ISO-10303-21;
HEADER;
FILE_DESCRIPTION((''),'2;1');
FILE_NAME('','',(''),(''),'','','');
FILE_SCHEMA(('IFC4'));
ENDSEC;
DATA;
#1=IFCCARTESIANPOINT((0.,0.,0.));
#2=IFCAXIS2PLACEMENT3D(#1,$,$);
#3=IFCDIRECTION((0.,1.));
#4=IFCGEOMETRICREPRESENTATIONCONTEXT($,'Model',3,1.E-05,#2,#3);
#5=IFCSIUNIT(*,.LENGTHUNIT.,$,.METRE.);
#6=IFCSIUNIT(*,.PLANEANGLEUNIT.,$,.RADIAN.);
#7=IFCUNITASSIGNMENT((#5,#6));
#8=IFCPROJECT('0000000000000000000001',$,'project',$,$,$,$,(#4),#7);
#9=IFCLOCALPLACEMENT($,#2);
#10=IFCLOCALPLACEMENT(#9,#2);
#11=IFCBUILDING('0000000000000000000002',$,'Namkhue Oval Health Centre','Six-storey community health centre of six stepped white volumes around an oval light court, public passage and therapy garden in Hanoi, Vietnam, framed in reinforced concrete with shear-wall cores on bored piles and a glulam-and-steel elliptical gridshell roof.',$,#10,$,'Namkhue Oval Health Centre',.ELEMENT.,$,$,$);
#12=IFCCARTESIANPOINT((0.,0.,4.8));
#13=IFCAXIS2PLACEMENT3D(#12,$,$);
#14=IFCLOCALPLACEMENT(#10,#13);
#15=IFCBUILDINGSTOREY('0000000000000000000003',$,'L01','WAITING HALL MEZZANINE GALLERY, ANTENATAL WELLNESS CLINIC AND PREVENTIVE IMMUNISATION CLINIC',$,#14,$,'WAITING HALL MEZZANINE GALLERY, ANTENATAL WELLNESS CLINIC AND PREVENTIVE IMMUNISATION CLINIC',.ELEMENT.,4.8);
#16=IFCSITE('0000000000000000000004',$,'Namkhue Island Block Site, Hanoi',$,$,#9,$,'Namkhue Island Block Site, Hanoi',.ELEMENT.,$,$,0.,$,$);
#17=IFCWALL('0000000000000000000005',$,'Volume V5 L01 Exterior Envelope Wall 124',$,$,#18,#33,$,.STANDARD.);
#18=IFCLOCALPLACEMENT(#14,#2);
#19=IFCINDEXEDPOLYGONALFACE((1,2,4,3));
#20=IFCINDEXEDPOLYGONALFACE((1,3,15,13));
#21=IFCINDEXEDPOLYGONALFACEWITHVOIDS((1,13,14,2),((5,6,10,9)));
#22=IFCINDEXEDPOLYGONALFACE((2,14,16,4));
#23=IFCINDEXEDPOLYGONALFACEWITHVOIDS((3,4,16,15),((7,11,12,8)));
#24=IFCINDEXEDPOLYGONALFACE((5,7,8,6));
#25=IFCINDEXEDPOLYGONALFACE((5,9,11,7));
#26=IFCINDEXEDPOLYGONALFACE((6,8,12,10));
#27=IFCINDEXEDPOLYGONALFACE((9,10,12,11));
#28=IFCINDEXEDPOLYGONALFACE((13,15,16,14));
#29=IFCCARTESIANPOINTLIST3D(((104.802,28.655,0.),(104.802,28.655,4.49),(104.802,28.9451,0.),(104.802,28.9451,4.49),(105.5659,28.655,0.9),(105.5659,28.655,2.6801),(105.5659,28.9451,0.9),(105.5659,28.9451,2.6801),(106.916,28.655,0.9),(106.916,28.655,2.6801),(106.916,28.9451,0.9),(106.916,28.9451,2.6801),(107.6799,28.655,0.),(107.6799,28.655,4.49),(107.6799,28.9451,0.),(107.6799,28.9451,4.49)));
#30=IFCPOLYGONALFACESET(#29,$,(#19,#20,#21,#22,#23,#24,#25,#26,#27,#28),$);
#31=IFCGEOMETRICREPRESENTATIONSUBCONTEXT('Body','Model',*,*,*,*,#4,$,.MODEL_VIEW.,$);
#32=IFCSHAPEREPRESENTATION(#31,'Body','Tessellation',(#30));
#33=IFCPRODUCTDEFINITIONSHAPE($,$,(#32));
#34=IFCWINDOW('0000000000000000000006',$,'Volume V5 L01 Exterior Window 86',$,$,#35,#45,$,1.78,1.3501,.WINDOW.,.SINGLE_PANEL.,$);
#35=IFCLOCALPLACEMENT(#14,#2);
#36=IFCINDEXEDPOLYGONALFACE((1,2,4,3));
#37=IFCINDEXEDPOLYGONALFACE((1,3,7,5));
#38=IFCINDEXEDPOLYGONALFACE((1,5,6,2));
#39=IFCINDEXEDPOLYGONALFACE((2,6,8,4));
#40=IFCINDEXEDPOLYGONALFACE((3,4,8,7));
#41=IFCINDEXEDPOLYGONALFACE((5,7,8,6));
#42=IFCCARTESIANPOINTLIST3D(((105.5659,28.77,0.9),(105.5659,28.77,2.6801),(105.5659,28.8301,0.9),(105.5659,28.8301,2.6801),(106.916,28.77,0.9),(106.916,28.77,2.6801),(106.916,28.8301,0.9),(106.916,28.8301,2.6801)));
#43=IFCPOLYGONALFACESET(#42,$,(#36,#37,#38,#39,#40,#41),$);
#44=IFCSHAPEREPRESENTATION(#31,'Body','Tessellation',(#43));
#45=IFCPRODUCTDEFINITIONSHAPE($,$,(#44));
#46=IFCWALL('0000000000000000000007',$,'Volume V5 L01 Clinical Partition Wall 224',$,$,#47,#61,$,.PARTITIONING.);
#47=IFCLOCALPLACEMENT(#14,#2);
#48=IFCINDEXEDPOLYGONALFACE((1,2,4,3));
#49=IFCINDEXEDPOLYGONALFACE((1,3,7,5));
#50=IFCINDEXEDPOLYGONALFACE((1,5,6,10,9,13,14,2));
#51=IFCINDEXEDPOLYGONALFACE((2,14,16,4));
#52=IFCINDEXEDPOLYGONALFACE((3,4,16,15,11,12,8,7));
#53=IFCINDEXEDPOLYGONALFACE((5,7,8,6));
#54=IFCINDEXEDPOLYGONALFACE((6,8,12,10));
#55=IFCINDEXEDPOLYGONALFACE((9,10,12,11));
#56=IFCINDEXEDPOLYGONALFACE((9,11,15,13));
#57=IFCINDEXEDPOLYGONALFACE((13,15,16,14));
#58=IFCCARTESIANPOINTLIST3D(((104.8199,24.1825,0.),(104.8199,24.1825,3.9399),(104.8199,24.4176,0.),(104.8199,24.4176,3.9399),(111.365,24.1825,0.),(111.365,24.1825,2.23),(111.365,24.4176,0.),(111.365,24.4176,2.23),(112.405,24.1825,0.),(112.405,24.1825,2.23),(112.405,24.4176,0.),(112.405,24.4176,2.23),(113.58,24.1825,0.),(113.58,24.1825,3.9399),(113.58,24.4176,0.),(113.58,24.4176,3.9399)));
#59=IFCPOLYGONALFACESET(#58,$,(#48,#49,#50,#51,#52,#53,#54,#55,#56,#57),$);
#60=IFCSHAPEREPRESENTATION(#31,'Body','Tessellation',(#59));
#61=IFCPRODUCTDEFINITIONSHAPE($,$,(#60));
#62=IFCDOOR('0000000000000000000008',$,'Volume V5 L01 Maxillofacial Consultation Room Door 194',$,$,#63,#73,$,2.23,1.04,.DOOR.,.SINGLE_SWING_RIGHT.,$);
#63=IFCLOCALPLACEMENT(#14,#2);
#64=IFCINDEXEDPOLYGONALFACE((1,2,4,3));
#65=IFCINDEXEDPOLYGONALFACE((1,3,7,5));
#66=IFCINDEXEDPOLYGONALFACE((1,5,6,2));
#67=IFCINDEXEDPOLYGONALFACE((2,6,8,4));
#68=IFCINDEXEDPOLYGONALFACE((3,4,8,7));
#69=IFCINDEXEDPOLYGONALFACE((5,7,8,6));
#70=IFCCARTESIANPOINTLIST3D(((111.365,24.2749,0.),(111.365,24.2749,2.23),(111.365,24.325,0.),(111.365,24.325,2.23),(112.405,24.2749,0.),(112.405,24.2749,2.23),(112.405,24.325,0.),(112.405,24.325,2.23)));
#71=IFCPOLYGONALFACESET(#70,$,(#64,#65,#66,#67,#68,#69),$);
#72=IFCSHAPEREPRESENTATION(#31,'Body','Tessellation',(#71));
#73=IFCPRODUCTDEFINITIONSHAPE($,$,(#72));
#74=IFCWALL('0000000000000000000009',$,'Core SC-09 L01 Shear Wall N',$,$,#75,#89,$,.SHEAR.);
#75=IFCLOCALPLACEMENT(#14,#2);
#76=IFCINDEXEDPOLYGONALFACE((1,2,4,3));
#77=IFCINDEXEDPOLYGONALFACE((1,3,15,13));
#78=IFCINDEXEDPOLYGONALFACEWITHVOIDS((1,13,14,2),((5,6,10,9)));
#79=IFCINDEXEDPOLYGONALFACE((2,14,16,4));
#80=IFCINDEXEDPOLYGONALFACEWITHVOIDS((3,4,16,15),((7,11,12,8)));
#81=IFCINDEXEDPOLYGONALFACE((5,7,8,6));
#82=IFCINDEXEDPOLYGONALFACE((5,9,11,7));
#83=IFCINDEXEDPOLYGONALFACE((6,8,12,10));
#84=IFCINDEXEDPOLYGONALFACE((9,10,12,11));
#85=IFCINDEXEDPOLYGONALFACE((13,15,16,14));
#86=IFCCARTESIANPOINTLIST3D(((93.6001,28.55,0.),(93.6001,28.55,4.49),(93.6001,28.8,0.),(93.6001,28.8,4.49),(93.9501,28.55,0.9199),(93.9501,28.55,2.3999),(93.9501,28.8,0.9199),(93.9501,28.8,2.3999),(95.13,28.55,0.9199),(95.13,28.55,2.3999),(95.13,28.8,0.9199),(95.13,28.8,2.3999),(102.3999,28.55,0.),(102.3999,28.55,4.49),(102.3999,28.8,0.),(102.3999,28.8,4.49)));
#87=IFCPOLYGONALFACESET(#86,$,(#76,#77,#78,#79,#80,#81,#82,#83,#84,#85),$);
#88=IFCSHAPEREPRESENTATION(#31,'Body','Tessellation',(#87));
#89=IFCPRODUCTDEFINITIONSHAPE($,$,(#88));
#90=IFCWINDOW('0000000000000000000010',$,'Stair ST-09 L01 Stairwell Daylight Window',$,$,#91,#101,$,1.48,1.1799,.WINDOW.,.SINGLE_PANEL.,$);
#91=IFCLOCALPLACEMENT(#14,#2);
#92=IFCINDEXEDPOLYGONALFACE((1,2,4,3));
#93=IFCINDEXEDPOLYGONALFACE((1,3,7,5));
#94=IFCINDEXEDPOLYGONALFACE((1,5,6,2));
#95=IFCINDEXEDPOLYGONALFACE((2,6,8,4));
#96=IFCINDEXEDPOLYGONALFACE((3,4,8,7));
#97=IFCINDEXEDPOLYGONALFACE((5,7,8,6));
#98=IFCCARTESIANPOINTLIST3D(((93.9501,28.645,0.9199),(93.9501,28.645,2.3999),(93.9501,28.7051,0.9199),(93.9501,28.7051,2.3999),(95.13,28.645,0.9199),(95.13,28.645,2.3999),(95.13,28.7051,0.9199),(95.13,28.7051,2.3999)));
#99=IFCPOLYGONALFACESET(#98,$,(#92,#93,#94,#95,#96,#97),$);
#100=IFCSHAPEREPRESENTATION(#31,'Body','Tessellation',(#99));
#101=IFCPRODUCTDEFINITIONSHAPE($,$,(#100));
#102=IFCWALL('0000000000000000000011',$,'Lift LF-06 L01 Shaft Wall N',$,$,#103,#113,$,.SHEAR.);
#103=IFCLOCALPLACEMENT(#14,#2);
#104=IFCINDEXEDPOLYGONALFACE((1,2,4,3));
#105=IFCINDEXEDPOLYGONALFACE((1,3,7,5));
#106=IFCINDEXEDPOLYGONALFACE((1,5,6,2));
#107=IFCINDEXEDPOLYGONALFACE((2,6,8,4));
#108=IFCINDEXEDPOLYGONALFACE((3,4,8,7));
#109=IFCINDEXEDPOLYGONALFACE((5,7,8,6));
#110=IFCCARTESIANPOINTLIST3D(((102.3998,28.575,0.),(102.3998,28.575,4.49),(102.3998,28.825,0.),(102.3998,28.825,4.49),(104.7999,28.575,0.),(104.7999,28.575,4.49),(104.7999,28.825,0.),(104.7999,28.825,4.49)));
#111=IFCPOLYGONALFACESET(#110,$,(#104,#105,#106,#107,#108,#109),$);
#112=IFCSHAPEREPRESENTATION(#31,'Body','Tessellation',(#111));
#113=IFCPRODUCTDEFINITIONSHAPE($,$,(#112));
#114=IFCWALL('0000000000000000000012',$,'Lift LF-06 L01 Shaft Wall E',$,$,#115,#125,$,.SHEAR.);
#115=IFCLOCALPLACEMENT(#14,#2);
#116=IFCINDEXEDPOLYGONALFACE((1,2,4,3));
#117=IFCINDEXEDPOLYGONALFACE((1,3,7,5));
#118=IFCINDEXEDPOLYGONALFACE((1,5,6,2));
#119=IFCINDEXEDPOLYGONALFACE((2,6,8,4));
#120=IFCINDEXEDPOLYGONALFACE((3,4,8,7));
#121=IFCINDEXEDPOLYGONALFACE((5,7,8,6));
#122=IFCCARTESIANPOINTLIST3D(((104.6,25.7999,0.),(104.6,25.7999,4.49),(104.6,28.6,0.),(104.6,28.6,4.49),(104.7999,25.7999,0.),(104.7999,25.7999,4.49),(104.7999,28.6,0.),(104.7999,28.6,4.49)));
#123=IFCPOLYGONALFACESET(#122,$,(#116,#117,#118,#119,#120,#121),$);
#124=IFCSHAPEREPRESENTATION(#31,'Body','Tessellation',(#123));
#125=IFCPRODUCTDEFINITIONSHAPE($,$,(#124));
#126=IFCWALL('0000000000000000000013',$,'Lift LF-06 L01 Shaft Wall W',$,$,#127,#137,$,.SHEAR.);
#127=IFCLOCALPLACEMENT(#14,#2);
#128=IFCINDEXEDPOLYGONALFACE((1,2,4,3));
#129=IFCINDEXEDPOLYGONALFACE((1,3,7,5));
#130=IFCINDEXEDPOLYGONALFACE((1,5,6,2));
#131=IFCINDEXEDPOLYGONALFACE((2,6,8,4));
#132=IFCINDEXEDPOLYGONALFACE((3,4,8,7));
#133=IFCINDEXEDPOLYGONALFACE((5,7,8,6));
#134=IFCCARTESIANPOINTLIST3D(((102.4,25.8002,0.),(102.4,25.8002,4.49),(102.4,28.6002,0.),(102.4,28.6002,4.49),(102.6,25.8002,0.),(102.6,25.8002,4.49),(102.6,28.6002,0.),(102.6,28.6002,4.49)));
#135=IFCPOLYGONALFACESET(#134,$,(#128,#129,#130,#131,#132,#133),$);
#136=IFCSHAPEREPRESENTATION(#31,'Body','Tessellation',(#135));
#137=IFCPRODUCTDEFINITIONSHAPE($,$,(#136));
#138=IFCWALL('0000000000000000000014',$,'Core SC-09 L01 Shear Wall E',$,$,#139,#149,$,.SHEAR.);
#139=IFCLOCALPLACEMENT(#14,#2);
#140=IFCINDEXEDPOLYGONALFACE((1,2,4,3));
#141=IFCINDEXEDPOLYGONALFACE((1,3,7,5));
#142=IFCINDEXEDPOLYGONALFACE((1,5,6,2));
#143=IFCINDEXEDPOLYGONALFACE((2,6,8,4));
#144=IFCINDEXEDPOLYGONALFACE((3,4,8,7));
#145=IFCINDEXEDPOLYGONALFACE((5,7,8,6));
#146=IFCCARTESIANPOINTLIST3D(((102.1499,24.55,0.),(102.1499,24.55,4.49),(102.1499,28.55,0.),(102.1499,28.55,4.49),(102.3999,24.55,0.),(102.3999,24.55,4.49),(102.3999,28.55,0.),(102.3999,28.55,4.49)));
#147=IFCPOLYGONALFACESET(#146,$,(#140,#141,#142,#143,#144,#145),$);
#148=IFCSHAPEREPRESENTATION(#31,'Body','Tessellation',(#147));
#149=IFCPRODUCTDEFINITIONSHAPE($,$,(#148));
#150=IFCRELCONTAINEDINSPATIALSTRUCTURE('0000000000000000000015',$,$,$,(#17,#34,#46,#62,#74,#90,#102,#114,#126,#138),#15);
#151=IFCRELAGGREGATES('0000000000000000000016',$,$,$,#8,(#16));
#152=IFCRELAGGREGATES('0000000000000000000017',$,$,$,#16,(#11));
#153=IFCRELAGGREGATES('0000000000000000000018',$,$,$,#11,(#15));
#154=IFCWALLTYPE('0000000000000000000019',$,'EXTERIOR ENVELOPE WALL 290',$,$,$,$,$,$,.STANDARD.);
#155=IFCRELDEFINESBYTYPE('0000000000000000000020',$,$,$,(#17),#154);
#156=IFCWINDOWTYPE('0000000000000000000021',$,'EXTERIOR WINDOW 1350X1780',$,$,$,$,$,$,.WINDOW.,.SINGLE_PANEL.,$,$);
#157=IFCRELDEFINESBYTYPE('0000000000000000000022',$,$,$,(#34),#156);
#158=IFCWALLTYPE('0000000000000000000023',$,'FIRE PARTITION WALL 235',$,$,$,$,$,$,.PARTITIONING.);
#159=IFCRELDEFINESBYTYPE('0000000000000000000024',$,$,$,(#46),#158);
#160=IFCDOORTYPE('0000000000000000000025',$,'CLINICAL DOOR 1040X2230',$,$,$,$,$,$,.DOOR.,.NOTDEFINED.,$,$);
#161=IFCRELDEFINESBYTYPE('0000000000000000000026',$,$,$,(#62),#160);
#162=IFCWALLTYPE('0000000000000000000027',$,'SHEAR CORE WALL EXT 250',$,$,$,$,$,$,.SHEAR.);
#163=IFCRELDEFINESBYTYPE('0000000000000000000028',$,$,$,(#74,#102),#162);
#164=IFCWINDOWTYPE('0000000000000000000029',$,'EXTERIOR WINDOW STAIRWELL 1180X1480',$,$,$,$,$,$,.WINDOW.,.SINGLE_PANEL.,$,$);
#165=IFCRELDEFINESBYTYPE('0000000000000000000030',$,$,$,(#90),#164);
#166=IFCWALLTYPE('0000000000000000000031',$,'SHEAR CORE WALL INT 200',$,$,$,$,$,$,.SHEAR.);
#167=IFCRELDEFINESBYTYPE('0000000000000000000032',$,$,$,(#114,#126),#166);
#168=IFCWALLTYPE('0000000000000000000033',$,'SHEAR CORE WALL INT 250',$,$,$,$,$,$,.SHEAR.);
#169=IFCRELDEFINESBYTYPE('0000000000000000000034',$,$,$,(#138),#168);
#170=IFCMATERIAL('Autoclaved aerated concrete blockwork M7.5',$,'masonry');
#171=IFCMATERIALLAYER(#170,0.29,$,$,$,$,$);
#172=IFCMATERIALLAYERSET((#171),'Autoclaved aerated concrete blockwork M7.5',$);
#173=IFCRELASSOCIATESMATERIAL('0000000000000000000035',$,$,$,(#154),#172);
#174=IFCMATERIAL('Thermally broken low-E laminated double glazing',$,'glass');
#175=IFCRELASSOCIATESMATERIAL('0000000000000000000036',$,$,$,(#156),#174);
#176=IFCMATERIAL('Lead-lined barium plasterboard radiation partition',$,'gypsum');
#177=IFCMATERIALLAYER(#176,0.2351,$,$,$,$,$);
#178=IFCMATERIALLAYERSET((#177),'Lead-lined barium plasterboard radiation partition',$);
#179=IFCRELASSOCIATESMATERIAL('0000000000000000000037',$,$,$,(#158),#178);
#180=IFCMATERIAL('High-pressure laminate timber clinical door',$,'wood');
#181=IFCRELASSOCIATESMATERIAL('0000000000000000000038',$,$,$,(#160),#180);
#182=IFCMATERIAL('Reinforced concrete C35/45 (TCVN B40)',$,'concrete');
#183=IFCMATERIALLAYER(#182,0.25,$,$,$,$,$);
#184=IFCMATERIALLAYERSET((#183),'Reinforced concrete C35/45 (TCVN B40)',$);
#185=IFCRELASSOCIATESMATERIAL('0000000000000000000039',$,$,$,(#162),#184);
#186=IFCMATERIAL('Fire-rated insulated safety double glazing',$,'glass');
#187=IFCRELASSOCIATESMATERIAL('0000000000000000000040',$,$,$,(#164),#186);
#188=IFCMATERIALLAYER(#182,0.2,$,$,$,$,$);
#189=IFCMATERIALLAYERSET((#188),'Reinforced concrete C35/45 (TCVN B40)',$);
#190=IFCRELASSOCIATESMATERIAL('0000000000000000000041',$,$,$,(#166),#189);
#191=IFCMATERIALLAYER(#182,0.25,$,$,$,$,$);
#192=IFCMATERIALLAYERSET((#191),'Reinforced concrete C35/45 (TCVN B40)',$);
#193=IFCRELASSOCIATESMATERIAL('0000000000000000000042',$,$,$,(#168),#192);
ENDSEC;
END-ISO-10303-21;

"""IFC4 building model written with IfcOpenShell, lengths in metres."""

from ifc_helpers import new_model, si_unit, direction, frame, frame_2d, origin, place, context, subcontext, project, spatial, rectangle, extrude, material, layer, layer_set, type_object, element, fill, save


model = new_model("IFC4")

# Units and contexts
model_context = context("Model", 3, precision=1e-05, world=origin(), true_north=direction((0.0, 1.0)))
body_context = subcontext(model_context, "Body", "Model", "MODEL_VIEW")
ifc_project = project(units=[si_unit("LENGTHUNIT", "METRE"), si_unit("PLANEANGLEUNIT", "RADIAN")], contexts=[model_context])

# Site, building, storey
site_placement = place(None, origin())
site = spatial("IfcSite", under=ifc_project, at=site_placement, Name="Namkhue Island Block Site, Hanoi", LongName="Namkhue Island Block Site, Hanoi", CompositionType="ELEMENT", RefElevation=0.0)
building_placement = place(site_placement, origin())
building = spatial("IfcBuilding", under=site, at=building_placement, Name="Namkhue Oval Health Centre", Description="Six-storey community health centre of six stepped white volumes around an oval light court, public passage and therapy garden in Hanoi, Vietnam, framed in reinforced concrete with shear-wall cores on bored piles and a glulam-and-steel elliptical gridshell roof.", LongName="Namkhue Oval Health Centre", CompositionType="ELEMENT")
storey_placement = place(building_placement, frame((0.0, 0.0, 4.8)))
storey = spatial("IfcBuildingStorey", under=building, at=storey_placement, Name="L01", Description="WAITING HALL MEZZANINE GALLERY, ANTENATAL WELLNESS CLINIC AND PREVENTIVE IMMUNISATION CLINIC", LongName="WAITING HALL MEZZANINE GALLERY, ANTENATAL WELLNESS CLINIC AND PREVENTIVE IMMUNISATION CLINIC", CompositionType="ELEMENT", Elevation=4.8)

# Shared definitions
ifc_material_1 = material(Name="Reinforced concrete C35/45 (TCVN B40)", Category="concrete")

# Wall, opening, window
ifc_material_2 = material(Name="Autoclaved aerated concrete blockwork M7.5", Category="masonry")
ifc_layer_1 = layer(ifc_material_2, 0.29)
ifc_layer_set_1 = layer_set([ifc_layer_1], Name="Autoclaved aerated concrete blockwork M7.5")
wall_type_1 = type_object("IfcWallType", Name="EXTERIOR ENVELOPE WALL 290", PredefinedType="STANDARD", material=ifc_layer_set_1)
wall_1_placement = place(storey_placement, frame((107.6799, 28.8, 0.0), z_axis=(0.0, 0.0, 1.0), x_axis=(-1.0, 0.0, 0.0)))
wall_1 = element("IfcWall", 1, at=wall_1_placement, inside=storey, type_object=wall_type_1, Name="Volume V5 L01 Exterior Envelope Wall 124", PredefinedType="STANDARD", context=body_context, shape_type="SweptSolid", body=[
    extrude(rectangle(XDim=2.8779, YDim=0.29, at=frame_2d((1.439, 0.0))), origin(), (0.0, 0.0, 1.0), 4.49),
])
opening_1_placement = place(wall_1_placement, frame((0.7639, 0.0, 0.8999)))
opening_1 = element("IfcOpeningElement", 2, at=opening_1_placement, cuts=wall_1, PredefinedType="OPENING", context=body_context, shape_type="SweptSolid", body=[
    extrude(rectangle(XDim=1.3501, YDim=1.78, at=frame_2d((0.675, 0.8901))), frame((0.0, 0.155, 0.0), z_axis=(0.0, -1.0, 0.0), x_axis=(1.0, 0.0, 0.0)), (0.0, 0.0, 1.0), 0.3101),
])
ifc_material_3 = material(Name="Thermally broken low-E laminated double glazing", Category="glass")
window_type_1 = type_object("IfcWindowType", Name="EXTERIOR WINDOW 1350X1780", PartitioningType="SINGLE_PANEL", PredefinedType="WINDOW", material=ifc_material_3)
window_1_placement = place(opening_1_placement, origin())
window_1 = element("IfcWindow", 3, at=window_1_placement, inside=storey, type_object=window_type_1, Name="Volume V5 L01 Exterior Window 86", OverallHeight=1.78, OverallWidth=1.3501, PartitioningType="SINGLE_PANEL", PredefinedType="WINDOW", context=body_context, shape_type="SweptSolid", body=[
    extrude(rectangle(XDim=1.3501, YDim=1.78, at=frame_2d((0.675, 0.8901))), frame((0.0, 0.03, 0.0), z_axis=(0.0, -1.0, 0.0), x_axis=(1.0, 0.0, 0.0)), (0.0, 0.0, 1.0), 0.0601),
])
fill(opening_1, window_1)

# Wall, opening, door
ifc_material_4 = material(Name="Lead-lined barium plasterboard radiation partition", Category="gypsum")
ifc_layer_2 = layer(ifc_material_4, 0.2351)
ifc_layer_set_2 = layer_set([ifc_layer_2], Name="Lead-lined barium plasterboard radiation partition")
wall_type_2 = type_object("IfcWallType", Name="FIRE PARTITION WALL 235", PredefinedType="PARTITIONING", material=ifc_layer_set_2)
wall_2_placement = place(storey_placement, frame((104.8201, 24.3, 0.0), z_axis=(0.0, 0.0, 1.0), x_axis=(1.0, 0.0, 0.0)))
wall_2 = element("IfcWall", 4, at=wall_2_placement, inside=storey, type_object=wall_type_2, Name="Volume V5 L01 Clinical Partition Wall 224", PredefinedType="PARTITIONING", context=body_context, shape_type="SweptSolid", body=[
    extrude(rectangle(XDim=8.76, YDim=0.2351, at=frame_2d((4.3799, 0.0))), origin(), (0.0, 0.0, 1.0), 3.9399),
])
opening_2_placement = place(wall_2_placement, frame((6.5449, 0.0, 0.0)))
opening_2 = element("IfcOpeningElement", 5, at=opening_2_placement, cuts=wall_2, PredefinedType="OPENING", context=body_context, shape_type="SweptSolid", body=[
    extrude(rectangle(XDim=1.04, YDim=2.23, at=frame_2d((0.52, 1.115))), frame((0.0, 0.1274, 0.0), z_axis=(0.0, -1.0, 0.0), x_axis=(1.0, 0.0, 0.0)), (0.0, 0.0, 1.0), 0.2551),
])
ifc_material_5 = material(Name="High-pressure laminate timber clinical door", Category="wood")
door_type_1 = type_object("IfcDoorType", Name="CLINICAL DOOR 1040X2230", OperationType="NOTDEFINED", PredefinedType="DOOR", material=ifc_material_5)
door_1_placement = place(opening_2_placement, origin())
door_1 = element("IfcDoor", 6, at=door_1_placement, inside=storey, type_object=door_type_1, Name="Volume V5 L01 Maxillofacial Consultation Room Door 194", OperationType="SINGLE_SWING_RIGHT", OverallHeight=2.23, OverallWidth=1.04, PredefinedType="DOOR", context=body_context, shape_type="SweptSolid", body=[
    extrude(rectangle(XDim=1.04, YDim=2.23, at=frame_2d((0.52, 1.115))), frame((0.0, 0.0249, 0.0), z_axis=(0.0, -1.0, 0.0), x_axis=(1.0, 0.0, 0.0)), (0.0, 0.0, 1.0), 0.05),
])
fill(opening_2, door_1)

# Wall, opening, window
ifc_layer_3 = layer(ifc_material_1, 0.25)
ifc_layer_set_3 = layer_set([ifc_layer_3], Name="Reinforced concrete C35/45 (TCVN B40)")
wall_type_3 = type_object("IfcWallType", Name="SHEAR CORE WALL EXT 250", PredefinedType="SHEAR", material=ifc_layer_set_3)
wall_3_placement = place(storey_placement, frame((102.3999, 28.675, 0.0), z_axis=(0.0, 0.0, 1.0), x_axis=(-1.0, 0.0, 0.0)))
wall_3 = element("IfcWall", 7, at=wall_3_placement, inside=storey, type_object=wall_type_3, Name="Core SC-09 L01 Shear Wall N", PredefinedType="SHEAR", context=body_context, shape_type="SweptSolid", body=[
    extrude(rectangle(XDim=8.7998, YDim=0.25, at=frame_2d((4.3999, 0.0))), origin(), (0.0, 0.0, 1.0), 4.49),
])
opening_3_placement = place(wall_3_placement, frame((7.27, 0.0, 0.9199)))
opening_3 = element("IfcOpeningElement", 8, at=opening_3_placement, cuts=wall_3, PredefinedType="OPENING", context=body_context, shape_type="SweptSolid", body=[
    extrude(rectangle(XDim=1.1799, YDim=1.48, at=frame_2d((0.5898, 0.74))), frame((0.0, 0.135, 0.0), z_axis=(0.0, -1.0, 0.0), x_axis=(1.0, 0.0, 0.0)), (0.0, 0.0, 1.0), 0.27),
])
ifc_material_6 = material(Name="Fire-rated insulated safety double glazing", Category="glass")
window_type_2 = type_object("IfcWindowType", Name="EXTERIOR WINDOW STAIRWELL 1180X1480", PartitioningType="SINGLE_PANEL", PredefinedType="WINDOW", material=ifc_material_6)
window_2_placement = place(opening_3_placement, origin())
window_2 = element("IfcWindow", 9, at=window_2_placement, inside=storey, type_object=window_type_2, Name="Stair ST-09 L01 Stairwell Daylight Window", OverallHeight=1.48, OverallWidth=1.1799, PartitioningType="SINGLE_PANEL", PredefinedType="WINDOW", context=body_context, shape_type="SweptSolid", body=[
    extrude(rectangle(XDim=1.1799, YDim=1.48, at=frame_2d((0.5898, 0.74))), frame((0.0, 0.03, 0.0), z_axis=(0.0, -1.0, 0.0), x_axis=(1.0, 0.0, 0.0)), (0.0, 0.0, 1.0), 0.0601),
])
fill(opening_3, window_2)

# Wall
wall_4_placement = place(storey_placement, frame((104.8, 28.7, 0.0), z_axis=(0.0, 0.0, 1.0), x_axis=(-1.0, 0.0, 0.0)))
element("IfcWall", 10, at=wall_4_placement, inside=storey, type_object=wall_type_3, Name="Lift LF-06 L01 Shaft Wall N", PredefinedType="SHEAR", context=body_context, shape_type="SweptSolid", body=[
    extrude(rectangle(XDim=2.4001, YDim=0.25, at=frame_2d((1.2002, 0.0))), origin(), (0.0, 0.0, 1.0), 4.49),
])

# Shared definitions
ifc_layer_4 = layer(ifc_material_1, 0.2)
ifc_layer_set_4 = layer_set([ifc_layer_4], Name="Reinforced concrete C35/45 (TCVN B40)")
wall_type_4 = type_object("IfcWallType", Name="SHEAR CORE WALL INT 200", PredefinedType="SHEAR", material=ifc_layer_set_4)

# Walls
for number, where, z_axis, x_axis, name in (
    (11, (104.7, 25.8, 0.0), (0.0, 0.0, 1.0), (0.0, 1.0, 0.0), "Lift LF-06 L01 Shaft Wall E"),
    (12, (102.5, 28.6001, 0.0), (0.0, 0.0, 1.0), (0.0, -1.0, 0.0), "Lift LF-06 L01 Shaft Wall W"),
):
    element("IfcWall", number, at=place(storey_placement, frame(where, z_axis=z_axis, x_axis=x_axis)), inside=storey, type_object=wall_type_4, Name=name, PredefinedType="SHEAR", context=body_context, shape_type="SweptSolid", body=[
        extrude(rectangle(XDim=2.8, YDim=0.2, at=frame_2d((1.3999, 0.0))), origin(), (0.0, 0.0, 1.0), 4.49),
    ])
ifc_layer_5 = layer(ifc_material_1, 0.25)
ifc_layer_set_5 = layer_set([ifc_layer_5], Name="Reinforced concrete C35/45 (TCVN B40)")
wall_type_5 = type_object("IfcWallType", Name="SHEAR CORE WALL INT 250", PredefinedType="SHEAR", material=ifc_layer_set_5)
wall_5_placement = place(storey_placement, frame((102.2749, 24.55, 0.0), z_axis=(0.0, 0.0, 1.0), x_axis=(0.0, 1.0, 0.0)))
element("IfcWall", 13, at=wall_5_placement, inside=storey, type_object=wall_type_5, Name="Core SC-09 L01 Shear Wall E", PredefinedType="SHEAR", context=body_context, shape_type="SweptSolid", body=[
    extrude(rectangle(XDim=4.0, YDim=0.25, at=frame_2d((2.0, 0.0))), origin(), (0.0, 0.0, 1.0), 4.49),
])

save(model, "model.ifc")
